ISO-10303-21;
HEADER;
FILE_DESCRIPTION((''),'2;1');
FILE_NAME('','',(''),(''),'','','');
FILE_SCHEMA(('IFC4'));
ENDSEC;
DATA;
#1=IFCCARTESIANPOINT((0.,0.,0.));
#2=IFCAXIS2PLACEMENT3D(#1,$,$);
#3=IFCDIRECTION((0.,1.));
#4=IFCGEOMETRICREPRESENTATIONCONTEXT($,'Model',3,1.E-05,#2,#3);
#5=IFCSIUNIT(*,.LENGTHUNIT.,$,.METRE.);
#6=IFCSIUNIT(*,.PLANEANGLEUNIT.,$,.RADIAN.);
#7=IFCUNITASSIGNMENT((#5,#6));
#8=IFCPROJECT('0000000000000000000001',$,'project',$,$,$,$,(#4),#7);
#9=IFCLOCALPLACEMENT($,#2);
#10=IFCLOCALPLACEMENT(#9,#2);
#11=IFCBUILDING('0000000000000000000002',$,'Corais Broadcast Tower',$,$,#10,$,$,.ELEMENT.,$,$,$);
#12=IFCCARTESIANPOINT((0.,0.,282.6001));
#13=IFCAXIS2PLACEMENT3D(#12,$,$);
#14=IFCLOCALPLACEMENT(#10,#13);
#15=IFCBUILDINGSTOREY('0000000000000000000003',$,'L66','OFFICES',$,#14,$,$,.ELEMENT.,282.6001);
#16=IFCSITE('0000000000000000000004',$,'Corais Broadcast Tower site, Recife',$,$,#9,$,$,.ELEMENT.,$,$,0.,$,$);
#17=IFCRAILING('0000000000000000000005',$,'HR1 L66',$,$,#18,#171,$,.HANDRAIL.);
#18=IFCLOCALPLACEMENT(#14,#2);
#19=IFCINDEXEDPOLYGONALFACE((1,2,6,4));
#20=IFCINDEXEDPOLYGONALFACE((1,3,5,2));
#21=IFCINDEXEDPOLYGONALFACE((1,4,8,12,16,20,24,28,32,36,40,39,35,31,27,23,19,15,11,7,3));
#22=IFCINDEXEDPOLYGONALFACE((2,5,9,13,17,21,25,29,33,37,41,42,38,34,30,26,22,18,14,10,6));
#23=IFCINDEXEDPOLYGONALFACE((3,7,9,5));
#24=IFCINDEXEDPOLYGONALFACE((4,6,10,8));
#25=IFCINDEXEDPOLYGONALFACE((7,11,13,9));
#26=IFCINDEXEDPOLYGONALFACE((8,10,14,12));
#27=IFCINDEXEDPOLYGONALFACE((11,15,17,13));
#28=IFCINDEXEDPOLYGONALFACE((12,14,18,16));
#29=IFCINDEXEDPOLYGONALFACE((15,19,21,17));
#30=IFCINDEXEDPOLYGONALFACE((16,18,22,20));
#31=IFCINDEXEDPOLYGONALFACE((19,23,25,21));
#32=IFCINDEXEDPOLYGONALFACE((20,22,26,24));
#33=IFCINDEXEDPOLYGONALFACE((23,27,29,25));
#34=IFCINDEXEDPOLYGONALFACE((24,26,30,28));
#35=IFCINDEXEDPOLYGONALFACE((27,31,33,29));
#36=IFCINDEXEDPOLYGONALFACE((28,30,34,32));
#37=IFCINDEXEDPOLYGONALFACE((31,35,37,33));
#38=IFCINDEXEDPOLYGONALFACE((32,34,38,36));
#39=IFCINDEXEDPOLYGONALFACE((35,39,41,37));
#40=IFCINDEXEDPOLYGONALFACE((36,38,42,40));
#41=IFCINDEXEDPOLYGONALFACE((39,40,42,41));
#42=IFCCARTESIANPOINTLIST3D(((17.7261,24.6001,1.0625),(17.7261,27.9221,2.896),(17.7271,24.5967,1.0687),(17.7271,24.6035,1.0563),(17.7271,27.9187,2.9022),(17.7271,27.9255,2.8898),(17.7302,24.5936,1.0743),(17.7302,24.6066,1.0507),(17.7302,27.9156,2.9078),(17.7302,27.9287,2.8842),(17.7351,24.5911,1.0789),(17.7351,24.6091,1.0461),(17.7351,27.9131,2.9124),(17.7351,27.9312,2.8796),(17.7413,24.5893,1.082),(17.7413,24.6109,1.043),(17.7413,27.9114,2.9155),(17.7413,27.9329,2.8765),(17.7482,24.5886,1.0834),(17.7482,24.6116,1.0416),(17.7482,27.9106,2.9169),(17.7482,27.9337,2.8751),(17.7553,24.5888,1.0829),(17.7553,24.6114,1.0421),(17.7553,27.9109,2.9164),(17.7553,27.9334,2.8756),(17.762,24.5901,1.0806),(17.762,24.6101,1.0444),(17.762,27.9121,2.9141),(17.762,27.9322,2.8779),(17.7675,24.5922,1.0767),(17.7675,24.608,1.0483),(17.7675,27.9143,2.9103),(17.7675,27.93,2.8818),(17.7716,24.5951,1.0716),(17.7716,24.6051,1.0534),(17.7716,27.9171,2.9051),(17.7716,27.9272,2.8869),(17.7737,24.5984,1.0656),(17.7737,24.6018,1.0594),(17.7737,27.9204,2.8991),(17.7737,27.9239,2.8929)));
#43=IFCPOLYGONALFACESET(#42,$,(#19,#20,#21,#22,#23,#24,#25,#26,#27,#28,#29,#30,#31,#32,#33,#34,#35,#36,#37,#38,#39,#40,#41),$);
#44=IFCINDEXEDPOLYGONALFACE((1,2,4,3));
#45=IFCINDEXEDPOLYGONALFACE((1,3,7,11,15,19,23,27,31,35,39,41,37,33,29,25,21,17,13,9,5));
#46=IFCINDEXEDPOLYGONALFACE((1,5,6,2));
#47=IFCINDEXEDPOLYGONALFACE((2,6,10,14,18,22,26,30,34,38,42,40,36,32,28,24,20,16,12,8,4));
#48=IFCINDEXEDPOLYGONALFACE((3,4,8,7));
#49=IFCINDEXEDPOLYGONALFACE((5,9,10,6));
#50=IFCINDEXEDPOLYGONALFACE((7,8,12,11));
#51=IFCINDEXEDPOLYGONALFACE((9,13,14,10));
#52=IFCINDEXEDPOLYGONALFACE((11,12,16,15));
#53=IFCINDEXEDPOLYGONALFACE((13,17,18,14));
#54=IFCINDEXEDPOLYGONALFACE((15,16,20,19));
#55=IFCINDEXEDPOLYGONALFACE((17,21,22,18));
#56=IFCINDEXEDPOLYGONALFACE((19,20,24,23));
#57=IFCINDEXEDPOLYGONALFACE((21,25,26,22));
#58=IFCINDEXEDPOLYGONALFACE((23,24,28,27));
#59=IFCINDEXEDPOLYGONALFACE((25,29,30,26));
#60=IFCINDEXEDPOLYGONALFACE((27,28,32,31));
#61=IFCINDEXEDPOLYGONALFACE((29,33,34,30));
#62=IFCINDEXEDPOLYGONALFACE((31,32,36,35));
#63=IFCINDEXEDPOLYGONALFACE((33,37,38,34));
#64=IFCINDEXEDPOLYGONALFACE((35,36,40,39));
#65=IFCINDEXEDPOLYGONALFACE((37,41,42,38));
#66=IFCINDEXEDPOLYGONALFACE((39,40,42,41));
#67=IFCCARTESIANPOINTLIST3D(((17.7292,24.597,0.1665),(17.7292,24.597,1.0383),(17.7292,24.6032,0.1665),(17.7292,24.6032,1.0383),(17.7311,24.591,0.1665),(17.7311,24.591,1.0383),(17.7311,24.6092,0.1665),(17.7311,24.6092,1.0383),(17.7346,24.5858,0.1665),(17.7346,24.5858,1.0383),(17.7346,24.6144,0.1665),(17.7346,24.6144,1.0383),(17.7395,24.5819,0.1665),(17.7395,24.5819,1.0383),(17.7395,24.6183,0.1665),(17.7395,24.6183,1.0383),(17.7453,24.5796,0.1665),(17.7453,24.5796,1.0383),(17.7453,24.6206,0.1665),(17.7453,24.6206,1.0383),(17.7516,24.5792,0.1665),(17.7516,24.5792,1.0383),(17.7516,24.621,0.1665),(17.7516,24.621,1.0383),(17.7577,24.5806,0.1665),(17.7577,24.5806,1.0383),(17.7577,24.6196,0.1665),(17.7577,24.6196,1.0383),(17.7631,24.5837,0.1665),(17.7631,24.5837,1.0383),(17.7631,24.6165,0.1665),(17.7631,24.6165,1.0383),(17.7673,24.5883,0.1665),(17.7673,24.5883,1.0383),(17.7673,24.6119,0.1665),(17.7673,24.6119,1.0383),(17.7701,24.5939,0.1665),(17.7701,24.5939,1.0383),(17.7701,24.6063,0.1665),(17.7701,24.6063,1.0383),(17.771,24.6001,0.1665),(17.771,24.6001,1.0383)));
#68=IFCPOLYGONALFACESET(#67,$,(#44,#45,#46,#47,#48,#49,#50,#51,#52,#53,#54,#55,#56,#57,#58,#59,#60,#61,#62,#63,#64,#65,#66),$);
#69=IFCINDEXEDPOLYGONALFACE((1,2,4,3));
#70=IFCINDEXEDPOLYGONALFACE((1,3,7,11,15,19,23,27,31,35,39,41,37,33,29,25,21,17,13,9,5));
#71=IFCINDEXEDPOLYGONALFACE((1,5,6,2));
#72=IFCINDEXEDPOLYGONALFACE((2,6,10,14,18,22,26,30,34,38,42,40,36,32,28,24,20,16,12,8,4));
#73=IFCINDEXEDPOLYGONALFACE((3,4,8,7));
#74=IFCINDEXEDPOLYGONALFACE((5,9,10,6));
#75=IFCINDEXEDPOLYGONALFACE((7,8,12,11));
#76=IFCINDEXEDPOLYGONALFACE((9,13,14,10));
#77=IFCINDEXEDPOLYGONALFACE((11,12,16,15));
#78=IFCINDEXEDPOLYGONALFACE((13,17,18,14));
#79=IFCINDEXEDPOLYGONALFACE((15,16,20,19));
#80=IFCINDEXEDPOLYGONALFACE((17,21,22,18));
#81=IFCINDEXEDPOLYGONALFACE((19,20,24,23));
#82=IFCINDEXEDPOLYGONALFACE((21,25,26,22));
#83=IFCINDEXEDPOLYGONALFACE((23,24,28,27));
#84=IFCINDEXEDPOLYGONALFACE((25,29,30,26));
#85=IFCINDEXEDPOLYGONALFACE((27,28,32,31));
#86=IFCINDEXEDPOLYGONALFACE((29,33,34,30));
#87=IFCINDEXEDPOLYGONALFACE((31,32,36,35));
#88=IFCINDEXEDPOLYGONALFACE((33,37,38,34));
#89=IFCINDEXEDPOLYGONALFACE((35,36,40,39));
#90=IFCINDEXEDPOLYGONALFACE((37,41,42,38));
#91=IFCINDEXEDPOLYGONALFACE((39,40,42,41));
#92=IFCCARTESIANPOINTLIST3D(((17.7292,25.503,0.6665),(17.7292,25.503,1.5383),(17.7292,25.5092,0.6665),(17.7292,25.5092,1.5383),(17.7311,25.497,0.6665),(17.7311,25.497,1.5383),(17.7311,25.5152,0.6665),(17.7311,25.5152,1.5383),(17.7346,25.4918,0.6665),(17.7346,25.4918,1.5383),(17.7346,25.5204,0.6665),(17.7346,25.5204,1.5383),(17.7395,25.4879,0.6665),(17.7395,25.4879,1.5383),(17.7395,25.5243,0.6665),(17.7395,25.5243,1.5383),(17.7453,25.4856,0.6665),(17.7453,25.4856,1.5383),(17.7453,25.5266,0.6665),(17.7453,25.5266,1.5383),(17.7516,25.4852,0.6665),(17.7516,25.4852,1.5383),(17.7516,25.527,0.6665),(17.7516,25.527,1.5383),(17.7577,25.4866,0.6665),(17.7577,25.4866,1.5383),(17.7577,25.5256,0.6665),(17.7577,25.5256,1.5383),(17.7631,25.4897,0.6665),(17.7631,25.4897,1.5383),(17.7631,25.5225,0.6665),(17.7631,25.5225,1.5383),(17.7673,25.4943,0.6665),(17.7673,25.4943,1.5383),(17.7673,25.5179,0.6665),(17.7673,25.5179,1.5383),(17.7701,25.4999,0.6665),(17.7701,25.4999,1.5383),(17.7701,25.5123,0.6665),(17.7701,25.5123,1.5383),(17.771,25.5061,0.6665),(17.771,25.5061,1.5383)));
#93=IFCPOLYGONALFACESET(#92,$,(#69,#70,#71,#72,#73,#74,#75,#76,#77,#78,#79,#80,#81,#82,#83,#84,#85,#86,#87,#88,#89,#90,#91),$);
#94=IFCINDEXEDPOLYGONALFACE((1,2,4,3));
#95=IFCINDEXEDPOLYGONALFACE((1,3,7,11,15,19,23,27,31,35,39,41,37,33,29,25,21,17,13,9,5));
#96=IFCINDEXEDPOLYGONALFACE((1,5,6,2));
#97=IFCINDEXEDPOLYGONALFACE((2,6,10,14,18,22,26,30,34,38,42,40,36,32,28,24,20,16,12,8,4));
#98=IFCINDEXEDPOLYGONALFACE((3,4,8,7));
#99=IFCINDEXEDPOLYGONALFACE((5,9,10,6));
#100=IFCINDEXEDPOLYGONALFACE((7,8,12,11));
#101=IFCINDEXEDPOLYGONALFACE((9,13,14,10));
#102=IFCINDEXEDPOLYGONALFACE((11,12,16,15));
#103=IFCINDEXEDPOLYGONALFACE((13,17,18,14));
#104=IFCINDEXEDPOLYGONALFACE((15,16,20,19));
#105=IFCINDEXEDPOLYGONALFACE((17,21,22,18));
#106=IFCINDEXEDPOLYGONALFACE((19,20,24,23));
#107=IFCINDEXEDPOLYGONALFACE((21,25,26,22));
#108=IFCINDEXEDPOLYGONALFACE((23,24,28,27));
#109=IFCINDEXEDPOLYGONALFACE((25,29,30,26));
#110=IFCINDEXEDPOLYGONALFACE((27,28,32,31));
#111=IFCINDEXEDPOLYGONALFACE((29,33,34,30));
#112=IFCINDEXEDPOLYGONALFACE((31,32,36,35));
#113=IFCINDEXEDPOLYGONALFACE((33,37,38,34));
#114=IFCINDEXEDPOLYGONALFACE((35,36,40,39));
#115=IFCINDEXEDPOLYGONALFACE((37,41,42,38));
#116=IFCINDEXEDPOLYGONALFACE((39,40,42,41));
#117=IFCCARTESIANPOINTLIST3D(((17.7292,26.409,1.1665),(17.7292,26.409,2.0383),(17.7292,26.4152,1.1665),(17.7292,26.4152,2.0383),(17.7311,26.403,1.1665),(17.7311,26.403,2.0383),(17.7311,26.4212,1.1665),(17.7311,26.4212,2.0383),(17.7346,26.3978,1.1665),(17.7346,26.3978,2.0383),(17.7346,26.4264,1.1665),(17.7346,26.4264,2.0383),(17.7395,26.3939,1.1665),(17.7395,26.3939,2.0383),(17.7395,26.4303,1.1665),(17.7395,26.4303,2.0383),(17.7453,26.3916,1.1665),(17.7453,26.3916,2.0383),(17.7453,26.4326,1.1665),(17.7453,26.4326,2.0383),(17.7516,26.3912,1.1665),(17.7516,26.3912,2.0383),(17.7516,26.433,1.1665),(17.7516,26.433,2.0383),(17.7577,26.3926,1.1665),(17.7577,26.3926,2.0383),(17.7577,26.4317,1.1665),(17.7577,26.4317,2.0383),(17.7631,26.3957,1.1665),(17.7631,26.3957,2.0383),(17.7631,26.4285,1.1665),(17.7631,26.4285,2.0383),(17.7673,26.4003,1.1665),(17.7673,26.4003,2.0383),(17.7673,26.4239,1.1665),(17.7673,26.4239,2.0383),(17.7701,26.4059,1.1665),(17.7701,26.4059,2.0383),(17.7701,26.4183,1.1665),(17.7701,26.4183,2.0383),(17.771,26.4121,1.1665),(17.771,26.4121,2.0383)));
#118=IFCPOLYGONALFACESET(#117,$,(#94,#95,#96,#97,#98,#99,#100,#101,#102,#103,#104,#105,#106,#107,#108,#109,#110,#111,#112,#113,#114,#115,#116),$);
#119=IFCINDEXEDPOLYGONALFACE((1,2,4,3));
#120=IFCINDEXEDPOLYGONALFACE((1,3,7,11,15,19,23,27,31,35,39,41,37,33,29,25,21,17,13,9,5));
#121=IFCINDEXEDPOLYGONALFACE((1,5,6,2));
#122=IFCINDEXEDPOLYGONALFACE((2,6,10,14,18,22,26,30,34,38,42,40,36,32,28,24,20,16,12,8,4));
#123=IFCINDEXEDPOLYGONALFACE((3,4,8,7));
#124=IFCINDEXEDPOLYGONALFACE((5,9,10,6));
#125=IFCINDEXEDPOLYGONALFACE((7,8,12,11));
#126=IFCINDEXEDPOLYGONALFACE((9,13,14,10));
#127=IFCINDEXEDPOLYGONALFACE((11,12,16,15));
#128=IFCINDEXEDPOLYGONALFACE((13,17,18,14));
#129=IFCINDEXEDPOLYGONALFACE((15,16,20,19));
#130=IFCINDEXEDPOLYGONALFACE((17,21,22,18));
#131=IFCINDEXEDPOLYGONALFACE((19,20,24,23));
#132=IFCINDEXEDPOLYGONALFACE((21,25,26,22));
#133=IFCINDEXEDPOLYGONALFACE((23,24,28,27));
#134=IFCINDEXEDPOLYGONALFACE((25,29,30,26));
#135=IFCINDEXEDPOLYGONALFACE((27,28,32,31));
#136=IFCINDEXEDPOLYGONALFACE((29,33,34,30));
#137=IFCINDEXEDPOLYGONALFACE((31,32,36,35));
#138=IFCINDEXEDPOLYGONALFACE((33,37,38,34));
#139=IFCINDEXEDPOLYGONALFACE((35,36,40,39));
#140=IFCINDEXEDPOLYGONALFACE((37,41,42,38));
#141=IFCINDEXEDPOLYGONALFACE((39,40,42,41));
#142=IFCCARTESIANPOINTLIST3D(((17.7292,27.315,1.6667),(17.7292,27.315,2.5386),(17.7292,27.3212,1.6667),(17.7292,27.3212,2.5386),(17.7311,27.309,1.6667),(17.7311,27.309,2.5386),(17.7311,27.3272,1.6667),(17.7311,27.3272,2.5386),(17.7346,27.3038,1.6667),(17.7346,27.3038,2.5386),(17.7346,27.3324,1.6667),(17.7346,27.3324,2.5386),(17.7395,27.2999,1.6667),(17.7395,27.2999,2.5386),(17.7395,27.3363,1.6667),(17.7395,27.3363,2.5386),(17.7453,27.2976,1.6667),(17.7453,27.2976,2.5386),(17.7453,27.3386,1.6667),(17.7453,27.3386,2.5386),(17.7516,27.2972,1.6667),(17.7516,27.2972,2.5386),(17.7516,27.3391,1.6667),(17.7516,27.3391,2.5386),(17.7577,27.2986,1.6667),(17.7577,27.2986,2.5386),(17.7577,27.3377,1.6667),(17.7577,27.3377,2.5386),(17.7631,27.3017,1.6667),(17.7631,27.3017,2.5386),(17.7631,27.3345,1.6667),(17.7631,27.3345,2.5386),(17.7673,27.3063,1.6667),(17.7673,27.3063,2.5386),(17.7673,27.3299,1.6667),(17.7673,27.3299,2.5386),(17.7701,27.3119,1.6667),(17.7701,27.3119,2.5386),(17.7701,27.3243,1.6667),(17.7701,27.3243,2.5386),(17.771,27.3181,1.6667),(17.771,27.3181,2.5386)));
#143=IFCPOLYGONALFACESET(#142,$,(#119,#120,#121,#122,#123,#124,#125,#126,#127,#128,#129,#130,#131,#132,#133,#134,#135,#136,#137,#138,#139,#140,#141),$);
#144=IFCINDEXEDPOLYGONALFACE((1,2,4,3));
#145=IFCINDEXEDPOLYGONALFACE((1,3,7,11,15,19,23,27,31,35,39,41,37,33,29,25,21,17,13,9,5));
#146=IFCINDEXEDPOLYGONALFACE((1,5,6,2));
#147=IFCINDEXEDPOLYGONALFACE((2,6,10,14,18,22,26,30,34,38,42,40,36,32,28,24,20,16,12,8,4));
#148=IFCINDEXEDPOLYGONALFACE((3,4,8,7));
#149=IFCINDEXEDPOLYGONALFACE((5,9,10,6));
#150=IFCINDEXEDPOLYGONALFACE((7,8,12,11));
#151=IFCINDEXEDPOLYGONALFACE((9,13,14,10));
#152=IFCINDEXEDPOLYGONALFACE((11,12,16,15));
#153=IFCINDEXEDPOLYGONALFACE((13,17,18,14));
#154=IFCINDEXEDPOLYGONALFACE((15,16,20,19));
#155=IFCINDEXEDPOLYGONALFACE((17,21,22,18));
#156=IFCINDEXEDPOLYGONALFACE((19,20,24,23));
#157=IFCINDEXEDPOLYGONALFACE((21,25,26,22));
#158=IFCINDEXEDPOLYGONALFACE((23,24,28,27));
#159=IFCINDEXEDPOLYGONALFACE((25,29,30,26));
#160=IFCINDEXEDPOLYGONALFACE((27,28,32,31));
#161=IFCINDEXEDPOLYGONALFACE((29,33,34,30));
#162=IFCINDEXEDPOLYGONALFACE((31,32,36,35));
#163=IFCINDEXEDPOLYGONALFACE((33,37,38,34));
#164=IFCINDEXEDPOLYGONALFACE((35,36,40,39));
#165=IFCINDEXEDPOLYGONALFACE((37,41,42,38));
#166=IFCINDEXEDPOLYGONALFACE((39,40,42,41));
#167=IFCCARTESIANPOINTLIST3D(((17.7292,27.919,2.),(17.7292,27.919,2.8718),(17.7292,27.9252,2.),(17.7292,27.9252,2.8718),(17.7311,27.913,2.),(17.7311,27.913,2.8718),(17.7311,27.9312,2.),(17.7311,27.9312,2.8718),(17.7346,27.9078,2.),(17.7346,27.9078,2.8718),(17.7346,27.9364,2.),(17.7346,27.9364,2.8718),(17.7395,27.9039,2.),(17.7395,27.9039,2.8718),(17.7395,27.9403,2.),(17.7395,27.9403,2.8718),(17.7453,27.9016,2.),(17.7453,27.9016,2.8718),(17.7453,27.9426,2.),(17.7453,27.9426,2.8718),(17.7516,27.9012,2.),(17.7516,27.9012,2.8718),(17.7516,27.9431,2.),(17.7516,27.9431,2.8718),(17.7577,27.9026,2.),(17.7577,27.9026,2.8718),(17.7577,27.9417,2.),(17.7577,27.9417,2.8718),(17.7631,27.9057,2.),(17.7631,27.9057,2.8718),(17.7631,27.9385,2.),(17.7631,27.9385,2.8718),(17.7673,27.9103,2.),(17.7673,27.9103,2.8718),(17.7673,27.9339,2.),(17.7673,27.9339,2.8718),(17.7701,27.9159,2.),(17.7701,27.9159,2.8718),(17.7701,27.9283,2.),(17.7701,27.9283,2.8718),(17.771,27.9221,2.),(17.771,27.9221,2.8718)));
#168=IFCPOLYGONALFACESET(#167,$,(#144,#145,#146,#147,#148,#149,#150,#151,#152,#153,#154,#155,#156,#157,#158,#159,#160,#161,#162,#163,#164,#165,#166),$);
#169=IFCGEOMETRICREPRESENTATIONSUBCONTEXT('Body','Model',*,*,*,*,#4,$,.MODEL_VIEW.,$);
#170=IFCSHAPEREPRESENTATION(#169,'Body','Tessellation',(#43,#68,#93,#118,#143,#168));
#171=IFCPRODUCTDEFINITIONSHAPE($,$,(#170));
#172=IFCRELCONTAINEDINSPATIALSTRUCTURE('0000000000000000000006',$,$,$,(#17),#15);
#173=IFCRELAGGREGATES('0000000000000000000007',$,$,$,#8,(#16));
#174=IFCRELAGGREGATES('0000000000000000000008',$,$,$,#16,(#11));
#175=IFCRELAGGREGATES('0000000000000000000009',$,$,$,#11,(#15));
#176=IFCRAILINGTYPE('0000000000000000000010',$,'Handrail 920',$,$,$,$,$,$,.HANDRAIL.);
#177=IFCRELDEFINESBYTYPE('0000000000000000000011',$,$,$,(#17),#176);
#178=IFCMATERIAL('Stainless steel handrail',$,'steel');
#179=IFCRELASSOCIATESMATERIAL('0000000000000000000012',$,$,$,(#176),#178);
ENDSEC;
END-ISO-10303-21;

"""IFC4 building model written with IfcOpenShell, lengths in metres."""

from ifc_helpers import new_model, si_unit, direction, frame, origin, origin_2d, place, context, subcontext, project, spatial, circle, extrude, material, type_object, element, save


model = new_model("IFC4")

# Units and contexts
model_context = context("Model", 3, precision=1e-05, world=origin(), true_north=direction((0.0, 1.0)))
body_context = subcontext(model_context, "Body", "Model", "MODEL_VIEW")
ifc_project = project(units=[si_unit("LENGTHUNIT", "METRE"), si_unit("PLANEANGLEUNIT", "RADIAN")], contexts=[model_context])

# Site, building, storey
site_placement = place(None, origin())
site = spatial("IfcSite", under=ifc_project, at=site_placement, Name="Corais Broadcast Tower site, Recife", CompositionType="ELEMENT", RefElevation=0.0)
building_placement = place(site_placement, origin())
building = spatial("IfcBuilding", under=site, at=building_placement, Name="Corais Broadcast Tower", CompositionType="ELEMENT")
storey_placement = place(building_placement, frame((0.0, 0.0, 282.6001)))
storey = spatial("IfcBuildingStorey", under=building, at=storey_placement, Name="L66", Description="OFFICES", CompositionType="ELEMENT", Elevation=282.6001)

# Railing
ifc_material_1 = material(Name="Stainless steel handrail", Category="steel")
railing_type = type_object("IfcRailingType", Name="Handrail 920", PredefinedType="HANDRAIL", material=ifc_material_1)
railing_1_placement = place(storey_placement, frame((17.75, 24.6001, 0.1665)))
element("IfcRailing", 1, at=railing_1_placement, inside=storey, type_object=railing_type, Name="HR1 L66", PredefinedType="HANDRAIL", context=body_context, shape_type="SweptSolid", body=[
    extrude(circle(Radius=0.0239, at=origin_2d()), frame((0.0, 0.0, 0.896), z_axis=(0.0, 0.875504, 0.48321), x_axis=(-1.0, 0.0, 0.0)), (0.0, 0.0, 1.0), 3.7944),
    extrude(circle(Radius=0.021, at=origin_2d()), origin(), (0.0, 0.0, 1.0), 0.8718),
    extrude(circle(Radius=0.021, at=origin_2d()), frame((0.0, 0.906, 0.5)), (0.0, 0.0, 1.0), 0.8718),
    extrude(circle(Radius=0.021, at=origin_2d()), frame((0.0, 1.812, 1.0)), (0.0, 0.0, 1.0), 0.8718),
    extrude(circle(Radius=0.021, at=origin_2d()), frame((0.0, 2.718, 1.5002)), (0.0, 0.0, 1.0), 0.8718),
    extrude(circle(Radius=0.021, at=origin_2d()), frame((0.0, 3.322, 1.8335)), (0.0, 0.0, 1.0), 0.8718),
])

save(model, "model.ifc")
